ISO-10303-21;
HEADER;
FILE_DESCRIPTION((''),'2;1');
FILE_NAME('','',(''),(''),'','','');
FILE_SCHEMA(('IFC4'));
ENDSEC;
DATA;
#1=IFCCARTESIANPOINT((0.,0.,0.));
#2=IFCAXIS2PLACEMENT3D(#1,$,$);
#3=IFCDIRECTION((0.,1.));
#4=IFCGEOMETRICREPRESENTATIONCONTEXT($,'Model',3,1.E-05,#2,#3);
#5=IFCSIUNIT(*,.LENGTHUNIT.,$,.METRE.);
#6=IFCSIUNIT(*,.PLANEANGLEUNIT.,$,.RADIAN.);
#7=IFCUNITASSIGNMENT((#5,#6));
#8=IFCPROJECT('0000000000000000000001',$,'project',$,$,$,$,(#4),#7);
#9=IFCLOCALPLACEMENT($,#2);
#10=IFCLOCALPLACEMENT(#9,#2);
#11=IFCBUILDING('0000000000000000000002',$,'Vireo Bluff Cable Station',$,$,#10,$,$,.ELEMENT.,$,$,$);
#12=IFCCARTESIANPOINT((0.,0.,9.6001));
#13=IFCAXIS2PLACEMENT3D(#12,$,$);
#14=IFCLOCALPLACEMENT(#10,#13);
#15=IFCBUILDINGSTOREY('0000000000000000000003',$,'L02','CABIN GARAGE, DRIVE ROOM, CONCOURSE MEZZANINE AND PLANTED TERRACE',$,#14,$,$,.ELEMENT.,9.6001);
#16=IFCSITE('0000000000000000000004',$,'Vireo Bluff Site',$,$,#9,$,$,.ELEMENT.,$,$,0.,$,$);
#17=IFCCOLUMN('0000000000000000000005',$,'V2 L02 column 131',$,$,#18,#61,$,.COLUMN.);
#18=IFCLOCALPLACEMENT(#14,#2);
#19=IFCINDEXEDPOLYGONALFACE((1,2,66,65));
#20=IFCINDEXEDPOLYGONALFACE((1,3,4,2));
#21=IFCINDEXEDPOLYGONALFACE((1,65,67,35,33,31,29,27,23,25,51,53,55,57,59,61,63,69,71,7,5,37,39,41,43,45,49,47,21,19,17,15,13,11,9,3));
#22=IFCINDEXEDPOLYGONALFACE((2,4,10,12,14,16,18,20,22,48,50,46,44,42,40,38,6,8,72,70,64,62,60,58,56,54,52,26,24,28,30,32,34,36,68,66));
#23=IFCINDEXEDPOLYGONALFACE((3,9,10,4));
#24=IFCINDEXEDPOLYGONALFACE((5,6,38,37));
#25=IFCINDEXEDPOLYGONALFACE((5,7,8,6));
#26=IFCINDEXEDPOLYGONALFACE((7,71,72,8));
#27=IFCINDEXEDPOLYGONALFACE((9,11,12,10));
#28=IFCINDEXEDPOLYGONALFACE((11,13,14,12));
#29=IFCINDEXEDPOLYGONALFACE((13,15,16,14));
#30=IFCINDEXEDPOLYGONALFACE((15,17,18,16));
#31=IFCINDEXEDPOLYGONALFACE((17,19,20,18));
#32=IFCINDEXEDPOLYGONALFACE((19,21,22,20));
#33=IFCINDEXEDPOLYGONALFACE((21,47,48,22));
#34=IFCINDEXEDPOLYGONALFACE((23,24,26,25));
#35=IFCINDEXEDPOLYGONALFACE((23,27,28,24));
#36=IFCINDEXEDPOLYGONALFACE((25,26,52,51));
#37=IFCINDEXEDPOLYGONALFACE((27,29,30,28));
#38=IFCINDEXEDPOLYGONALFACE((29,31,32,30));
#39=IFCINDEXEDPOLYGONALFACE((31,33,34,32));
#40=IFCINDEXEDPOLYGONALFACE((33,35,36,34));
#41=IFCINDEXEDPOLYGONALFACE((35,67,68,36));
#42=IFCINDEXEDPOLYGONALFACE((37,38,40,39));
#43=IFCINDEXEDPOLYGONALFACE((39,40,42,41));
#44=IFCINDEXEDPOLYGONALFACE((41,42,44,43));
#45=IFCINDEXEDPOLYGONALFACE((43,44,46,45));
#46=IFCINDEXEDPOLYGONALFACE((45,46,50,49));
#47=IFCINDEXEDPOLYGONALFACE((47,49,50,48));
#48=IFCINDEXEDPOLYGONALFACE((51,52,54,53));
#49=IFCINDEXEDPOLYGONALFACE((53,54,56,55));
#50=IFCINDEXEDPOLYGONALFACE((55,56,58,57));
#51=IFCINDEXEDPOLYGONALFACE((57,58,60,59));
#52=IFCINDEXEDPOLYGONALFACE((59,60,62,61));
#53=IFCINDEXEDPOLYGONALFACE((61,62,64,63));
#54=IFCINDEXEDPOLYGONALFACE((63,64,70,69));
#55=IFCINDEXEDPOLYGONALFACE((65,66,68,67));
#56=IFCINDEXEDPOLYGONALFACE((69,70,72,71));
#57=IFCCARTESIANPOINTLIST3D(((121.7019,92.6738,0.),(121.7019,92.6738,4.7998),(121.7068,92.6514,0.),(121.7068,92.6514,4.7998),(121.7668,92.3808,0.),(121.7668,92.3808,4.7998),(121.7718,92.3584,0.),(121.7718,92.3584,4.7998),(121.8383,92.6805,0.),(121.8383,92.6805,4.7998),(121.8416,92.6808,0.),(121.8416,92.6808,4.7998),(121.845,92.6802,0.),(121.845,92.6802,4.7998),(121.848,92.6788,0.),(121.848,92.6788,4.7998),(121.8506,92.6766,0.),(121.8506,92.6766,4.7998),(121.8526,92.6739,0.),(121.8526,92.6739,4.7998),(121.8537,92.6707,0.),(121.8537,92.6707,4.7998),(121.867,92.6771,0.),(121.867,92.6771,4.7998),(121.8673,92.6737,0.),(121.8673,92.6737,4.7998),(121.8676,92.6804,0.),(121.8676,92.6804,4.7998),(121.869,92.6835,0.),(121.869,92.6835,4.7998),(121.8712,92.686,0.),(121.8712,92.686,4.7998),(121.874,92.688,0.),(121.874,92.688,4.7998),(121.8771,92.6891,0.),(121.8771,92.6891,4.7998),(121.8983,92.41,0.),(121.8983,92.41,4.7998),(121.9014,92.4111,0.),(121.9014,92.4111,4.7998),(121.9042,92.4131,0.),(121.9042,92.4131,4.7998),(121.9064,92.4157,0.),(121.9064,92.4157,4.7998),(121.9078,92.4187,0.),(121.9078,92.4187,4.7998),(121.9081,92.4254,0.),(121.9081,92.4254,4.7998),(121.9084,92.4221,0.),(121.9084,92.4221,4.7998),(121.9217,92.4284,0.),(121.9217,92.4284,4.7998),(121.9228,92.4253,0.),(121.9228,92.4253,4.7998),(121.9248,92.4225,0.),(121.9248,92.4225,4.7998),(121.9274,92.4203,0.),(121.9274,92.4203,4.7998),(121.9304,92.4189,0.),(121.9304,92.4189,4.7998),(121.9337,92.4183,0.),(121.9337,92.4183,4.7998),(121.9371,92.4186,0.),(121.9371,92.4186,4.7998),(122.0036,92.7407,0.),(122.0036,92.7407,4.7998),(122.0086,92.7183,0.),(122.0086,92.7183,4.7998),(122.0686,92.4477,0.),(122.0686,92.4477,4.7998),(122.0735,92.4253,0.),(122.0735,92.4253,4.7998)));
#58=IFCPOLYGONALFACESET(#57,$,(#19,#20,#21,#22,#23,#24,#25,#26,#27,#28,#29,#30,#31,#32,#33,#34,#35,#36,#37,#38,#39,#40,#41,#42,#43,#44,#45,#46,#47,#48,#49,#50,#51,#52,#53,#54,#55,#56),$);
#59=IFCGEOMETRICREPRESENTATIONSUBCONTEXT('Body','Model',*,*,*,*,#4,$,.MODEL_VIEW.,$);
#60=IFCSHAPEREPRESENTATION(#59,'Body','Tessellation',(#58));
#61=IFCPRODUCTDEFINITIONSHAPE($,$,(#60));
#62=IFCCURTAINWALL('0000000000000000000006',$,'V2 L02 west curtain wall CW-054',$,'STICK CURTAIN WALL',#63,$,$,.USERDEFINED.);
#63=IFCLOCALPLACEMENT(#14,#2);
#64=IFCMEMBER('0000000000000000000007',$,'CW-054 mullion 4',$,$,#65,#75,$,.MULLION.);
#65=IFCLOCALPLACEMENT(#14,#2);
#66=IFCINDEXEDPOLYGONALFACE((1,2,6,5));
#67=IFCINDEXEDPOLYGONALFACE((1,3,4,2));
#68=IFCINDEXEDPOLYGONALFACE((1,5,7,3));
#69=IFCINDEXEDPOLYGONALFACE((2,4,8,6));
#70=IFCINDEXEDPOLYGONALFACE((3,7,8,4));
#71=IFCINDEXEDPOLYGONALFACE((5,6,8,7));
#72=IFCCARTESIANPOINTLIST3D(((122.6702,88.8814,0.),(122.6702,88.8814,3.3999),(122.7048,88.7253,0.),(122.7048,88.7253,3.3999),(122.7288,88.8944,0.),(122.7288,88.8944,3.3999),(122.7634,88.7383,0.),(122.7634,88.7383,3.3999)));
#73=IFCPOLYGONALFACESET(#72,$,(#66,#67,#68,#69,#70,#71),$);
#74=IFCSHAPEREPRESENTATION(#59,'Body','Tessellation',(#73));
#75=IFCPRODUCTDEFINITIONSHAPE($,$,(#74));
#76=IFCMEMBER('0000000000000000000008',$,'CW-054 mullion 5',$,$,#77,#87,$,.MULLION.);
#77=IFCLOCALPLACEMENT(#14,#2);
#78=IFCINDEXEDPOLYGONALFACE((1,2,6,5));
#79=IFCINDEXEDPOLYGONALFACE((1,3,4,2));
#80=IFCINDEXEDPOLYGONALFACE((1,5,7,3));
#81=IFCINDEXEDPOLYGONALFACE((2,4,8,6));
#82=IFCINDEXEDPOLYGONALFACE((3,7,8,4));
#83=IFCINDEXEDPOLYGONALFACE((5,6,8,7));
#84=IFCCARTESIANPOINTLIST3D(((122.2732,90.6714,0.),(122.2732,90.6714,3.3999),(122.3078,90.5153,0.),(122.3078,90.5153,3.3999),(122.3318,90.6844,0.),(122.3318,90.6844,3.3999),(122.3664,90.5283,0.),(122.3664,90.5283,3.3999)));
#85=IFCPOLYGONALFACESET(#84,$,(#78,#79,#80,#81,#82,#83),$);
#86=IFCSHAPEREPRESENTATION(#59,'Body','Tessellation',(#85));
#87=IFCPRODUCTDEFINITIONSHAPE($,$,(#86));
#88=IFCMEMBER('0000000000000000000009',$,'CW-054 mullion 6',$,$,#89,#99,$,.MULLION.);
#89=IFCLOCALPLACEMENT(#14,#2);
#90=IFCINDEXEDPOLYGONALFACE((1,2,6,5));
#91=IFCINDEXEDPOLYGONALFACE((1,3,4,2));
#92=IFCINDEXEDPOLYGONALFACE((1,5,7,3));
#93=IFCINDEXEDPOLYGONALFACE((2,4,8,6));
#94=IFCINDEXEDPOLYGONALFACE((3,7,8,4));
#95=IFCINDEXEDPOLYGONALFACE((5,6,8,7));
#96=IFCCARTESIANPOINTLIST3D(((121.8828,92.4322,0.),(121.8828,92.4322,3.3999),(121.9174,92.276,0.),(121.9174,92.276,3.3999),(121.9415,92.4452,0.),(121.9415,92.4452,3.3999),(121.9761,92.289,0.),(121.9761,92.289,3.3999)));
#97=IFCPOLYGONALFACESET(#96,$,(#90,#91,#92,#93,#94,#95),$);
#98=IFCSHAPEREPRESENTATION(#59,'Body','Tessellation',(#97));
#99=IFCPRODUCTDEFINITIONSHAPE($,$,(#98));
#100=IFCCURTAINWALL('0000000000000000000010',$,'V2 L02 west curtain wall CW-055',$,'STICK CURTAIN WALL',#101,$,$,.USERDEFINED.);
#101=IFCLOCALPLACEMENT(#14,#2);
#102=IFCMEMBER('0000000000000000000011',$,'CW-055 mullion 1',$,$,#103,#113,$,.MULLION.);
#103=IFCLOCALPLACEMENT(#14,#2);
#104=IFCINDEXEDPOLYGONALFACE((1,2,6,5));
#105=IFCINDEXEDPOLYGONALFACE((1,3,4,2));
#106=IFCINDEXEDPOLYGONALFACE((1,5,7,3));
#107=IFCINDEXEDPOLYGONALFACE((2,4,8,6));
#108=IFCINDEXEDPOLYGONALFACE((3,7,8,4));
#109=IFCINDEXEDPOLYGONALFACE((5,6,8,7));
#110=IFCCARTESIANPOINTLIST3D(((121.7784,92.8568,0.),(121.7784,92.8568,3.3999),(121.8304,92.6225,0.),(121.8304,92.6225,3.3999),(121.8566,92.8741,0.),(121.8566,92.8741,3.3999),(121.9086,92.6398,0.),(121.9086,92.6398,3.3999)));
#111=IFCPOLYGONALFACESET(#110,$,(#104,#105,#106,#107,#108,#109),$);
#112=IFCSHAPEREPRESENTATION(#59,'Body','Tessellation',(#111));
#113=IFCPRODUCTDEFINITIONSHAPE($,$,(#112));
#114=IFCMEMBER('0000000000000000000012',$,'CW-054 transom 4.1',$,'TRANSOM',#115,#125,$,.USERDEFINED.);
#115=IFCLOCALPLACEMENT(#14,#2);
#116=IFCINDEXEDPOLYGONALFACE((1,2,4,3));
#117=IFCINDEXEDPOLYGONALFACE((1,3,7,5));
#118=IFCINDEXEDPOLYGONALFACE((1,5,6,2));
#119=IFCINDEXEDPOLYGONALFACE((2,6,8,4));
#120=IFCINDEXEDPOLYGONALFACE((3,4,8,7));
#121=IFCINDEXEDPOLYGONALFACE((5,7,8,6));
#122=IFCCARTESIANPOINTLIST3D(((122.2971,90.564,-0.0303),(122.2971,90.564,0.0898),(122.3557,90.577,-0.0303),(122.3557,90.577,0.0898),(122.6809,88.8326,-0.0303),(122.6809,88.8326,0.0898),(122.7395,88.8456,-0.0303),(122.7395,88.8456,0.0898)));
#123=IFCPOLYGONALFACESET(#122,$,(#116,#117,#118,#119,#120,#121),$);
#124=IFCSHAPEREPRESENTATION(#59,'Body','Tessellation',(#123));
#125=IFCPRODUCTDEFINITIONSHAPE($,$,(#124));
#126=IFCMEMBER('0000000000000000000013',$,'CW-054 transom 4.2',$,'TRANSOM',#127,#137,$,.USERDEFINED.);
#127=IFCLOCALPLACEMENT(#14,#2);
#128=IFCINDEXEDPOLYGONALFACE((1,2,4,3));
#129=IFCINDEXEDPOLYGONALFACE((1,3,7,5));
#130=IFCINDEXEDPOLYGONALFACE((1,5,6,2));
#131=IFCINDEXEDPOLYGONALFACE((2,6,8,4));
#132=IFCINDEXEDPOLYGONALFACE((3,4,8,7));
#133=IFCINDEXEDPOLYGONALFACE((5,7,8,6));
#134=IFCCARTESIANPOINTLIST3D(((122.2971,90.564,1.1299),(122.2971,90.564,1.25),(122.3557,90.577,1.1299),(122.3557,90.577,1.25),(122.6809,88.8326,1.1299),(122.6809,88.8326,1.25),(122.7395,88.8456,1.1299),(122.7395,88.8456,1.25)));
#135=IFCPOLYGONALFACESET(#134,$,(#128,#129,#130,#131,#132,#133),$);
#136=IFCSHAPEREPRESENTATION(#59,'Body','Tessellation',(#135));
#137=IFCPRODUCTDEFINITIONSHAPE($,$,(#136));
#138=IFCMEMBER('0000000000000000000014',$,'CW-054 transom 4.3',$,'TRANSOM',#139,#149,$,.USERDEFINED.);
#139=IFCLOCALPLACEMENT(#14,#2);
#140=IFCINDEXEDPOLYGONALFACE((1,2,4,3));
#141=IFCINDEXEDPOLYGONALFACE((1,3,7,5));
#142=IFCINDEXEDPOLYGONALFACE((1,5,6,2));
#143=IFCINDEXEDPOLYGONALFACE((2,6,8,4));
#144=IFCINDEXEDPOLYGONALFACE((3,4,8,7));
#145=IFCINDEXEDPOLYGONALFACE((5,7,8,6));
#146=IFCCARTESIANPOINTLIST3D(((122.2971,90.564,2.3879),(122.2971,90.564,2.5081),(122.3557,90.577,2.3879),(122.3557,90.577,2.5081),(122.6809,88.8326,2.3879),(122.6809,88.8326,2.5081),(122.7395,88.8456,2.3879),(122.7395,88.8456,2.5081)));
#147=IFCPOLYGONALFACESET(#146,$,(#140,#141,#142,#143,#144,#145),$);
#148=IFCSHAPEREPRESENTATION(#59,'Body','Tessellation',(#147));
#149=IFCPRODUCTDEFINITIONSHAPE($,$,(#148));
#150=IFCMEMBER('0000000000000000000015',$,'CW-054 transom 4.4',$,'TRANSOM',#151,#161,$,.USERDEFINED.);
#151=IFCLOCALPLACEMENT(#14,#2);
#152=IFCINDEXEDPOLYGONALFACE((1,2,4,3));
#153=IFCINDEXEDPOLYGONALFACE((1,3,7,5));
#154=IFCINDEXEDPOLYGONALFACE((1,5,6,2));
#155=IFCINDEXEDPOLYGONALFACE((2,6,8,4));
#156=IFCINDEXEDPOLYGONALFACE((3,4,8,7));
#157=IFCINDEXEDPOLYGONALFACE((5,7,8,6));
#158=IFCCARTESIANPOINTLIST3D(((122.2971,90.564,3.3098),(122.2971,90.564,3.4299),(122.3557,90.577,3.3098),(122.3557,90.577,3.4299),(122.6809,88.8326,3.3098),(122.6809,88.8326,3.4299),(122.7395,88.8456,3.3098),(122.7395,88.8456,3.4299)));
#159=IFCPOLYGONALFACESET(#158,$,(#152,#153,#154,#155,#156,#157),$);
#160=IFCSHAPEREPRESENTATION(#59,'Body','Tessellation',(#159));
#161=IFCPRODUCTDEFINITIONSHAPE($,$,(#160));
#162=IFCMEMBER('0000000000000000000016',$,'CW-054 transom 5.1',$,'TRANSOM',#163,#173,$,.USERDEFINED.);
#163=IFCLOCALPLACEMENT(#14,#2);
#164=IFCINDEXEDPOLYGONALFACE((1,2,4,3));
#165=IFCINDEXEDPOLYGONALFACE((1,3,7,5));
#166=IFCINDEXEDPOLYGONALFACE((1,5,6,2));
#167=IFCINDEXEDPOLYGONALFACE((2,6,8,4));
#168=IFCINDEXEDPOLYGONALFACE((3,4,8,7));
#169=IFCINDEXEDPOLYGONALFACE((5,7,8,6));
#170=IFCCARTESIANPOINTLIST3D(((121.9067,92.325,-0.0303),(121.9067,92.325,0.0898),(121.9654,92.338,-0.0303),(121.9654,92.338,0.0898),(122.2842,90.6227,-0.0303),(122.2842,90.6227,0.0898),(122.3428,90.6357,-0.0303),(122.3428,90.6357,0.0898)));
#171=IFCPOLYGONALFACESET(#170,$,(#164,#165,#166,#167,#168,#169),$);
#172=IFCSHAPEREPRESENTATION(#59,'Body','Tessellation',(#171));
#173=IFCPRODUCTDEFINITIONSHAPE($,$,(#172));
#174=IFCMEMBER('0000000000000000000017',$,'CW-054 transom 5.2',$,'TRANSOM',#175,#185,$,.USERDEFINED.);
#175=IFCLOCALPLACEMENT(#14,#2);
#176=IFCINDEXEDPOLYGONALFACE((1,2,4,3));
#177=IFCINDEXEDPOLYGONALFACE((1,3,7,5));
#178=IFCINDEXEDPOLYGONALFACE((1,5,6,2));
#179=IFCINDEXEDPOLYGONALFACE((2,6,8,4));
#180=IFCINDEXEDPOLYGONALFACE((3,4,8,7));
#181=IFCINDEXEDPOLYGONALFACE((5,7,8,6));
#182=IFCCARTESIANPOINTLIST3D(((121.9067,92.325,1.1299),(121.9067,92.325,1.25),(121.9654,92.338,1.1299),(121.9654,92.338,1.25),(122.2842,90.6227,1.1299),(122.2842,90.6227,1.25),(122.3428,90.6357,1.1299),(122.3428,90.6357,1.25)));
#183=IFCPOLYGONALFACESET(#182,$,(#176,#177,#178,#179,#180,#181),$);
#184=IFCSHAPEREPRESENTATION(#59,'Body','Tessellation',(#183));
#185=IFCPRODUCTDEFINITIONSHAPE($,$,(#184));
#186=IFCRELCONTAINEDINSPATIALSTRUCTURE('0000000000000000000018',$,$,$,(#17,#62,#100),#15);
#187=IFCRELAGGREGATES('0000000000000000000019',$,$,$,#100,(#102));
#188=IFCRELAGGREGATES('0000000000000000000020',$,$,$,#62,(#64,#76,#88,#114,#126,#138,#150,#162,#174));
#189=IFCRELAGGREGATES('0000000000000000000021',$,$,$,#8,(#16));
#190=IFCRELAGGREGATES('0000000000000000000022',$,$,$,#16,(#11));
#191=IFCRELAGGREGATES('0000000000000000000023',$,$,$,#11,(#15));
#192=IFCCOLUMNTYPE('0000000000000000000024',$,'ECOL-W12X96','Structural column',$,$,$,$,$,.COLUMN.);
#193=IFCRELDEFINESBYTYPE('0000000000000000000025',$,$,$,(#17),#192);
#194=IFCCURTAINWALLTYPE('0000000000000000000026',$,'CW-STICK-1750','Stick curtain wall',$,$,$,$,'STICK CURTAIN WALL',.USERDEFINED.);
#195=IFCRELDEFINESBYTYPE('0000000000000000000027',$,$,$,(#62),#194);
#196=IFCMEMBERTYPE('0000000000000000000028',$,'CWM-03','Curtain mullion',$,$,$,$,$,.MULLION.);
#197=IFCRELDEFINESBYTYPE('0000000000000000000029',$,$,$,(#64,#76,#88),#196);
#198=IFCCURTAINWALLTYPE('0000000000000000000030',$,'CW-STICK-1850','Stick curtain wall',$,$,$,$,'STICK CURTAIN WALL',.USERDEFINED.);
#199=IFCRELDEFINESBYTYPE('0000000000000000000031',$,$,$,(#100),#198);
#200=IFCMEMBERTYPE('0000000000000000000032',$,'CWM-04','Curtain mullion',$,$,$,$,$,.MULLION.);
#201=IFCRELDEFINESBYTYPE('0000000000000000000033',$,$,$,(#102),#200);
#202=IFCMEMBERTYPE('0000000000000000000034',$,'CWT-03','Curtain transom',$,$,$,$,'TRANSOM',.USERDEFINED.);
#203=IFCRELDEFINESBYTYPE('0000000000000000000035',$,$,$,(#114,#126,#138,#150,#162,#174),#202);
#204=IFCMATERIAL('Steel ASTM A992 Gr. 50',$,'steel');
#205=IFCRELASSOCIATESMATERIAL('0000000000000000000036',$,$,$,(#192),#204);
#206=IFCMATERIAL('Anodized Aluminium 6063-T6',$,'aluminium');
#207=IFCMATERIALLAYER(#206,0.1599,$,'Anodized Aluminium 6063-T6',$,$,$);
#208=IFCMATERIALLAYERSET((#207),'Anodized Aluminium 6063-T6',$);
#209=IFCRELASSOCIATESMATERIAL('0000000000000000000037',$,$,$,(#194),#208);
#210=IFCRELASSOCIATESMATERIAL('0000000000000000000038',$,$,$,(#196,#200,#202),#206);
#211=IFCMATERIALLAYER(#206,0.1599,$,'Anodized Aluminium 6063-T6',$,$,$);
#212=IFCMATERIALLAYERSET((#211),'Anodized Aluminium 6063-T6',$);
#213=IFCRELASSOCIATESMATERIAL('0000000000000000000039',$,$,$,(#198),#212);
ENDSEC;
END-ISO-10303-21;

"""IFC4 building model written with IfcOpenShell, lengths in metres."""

from ifc_helpers import new_model, si_unit, direction, frame, origin, origin_2d, place, context, subcontext, project, spatial, rectangle, i_section, extrude, material, layer, layer_set, material_profile, profile_set, type_object, element, aggregate, save


model = new_model("IFC4")

# Units and contexts
model_context = context("Model", 3, precision=1e-05, world=origin(), true_north=direction((0.0, 1.0)))
body_context = subcontext(model_context, "Body", "Model", "MODEL_VIEW")
ifc_project = project(units=[si_unit("LENGTHUNIT", "METRE"), si_unit("PLANEANGLEUNIT", "RADIAN")], contexts=[model_context])

# Site, building, storey
site_placement = place(None, origin())
site = spatial("IfcSite", under=ifc_project, at=site_placement, Name="Vireo Bluff Site", CompositionType="ELEMENT", RefElevation=0.0)
building_placement = place(site_placement, origin())
building = spatial("IfcBuilding", under=site, at=building_placement, Name="Vireo Bluff Cable Station", CompositionType="ELEMENT")
storey_placement = place(building_placement, frame((0.0, 0.0, 9.6001)))
storey = spatial("IfcBuildingStorey", under=building, at=storey_placement, Name="L02", Description="CABIN GARAGE, DRIVE ROOM, CONCOURSE MEZZANINE AND PLANTED TERRACE", CompositionType="ELEMENT", Elevation=9.6001)

# Column
ifc_material_1 = material(Name="Steel ASTM A992 Gr. 50", Category="steel")
ifc_material_profile_1 = material_profile(ifc_material_1, i_section(OverallWidth=0.3091, OverallDepth=0.323, WebThickness=0.0139, FlangeThickness=0.0229, FilletRadius=0.0129, at=origin_2d()), Name="W12X96")
ifc_profile_set_1 = profile_set([ifc_material_profile_1], Name="Steel ASTM A992 Gr. 50")
column_type = type_object("IfcColumnType", Name="ECOL-W12X96", Description="Structural column", PredefinedType="COLUMN", material=ifc_profile_set_1)
column_placement = place(storey_placement, frame((121.8877, 92.5496, 0.0), z_axis=(0.0, 0.0, 1.0), x_axis=(0.976296, 0.21644, 0.0)))
element("IfcColumn", 1, at=column_placement, inside=storey, type_object=column_type, Name="V2 L02 column 131", PredefinedType="COLUMN", context=body_context, shape_type="SweptSolid", body=[
    extrude(i_section(OverallWidth=0.3091, OverallDepth=0.323, WebThickness=0.0139, FlangeThickness=0.0229, FilletRadius=0.0129, at=origin_2d()), origin(), (0.0, 0.0, 1.0), 4.7998),
])

# Curtain wall, members
ifc_material_2 = material(Name="Anodized Aluminium 6063-T6", Category="aluminium")
ifc_layer_1 = layer(ifc_material_2, 0.1599, Name="Anodized Aluminium 6063-T6")
ifc_layer_set_1 = layer_set([ifc_layer_1], Name="Anodized Aluminium 6063-T6")
curtain_wall_type_1 = type_object("IfcCurtainWallType", Name="CW-STICK-1750", Description="Stick curtain wall", ElementType="STICK CURTAIN WALL", PredefinedType="USERDEFINED", material=ifc_layer_set_1)
curtain_wall_1_placement = place(storey_placement, origin())
curtain_wall_1 = element("IfcCurtainWall", 2, at=curtain_wall_1_placement, inside=storey, type_object=curtain_wall_type_1, Name="V2 L02 west curtain wall CW-054", ObjectType="STICK CURTAIN WALL", PredefinedType="USERDEFINED")
ifc_material_profile_2 = material_profile(ifc_material_2, rectangle(XDim=0.0601, YDim=0.1599, at=origin_2d()), Name="ALU-M-60X160")
ifc_profile_set_2 = profile_set([ifc_material_profile_2], Name="Anodized Aluminium 6063-T6")
member_type_1 = type_object("IfcMemberType", Name="CWM-03", Description="Curtain mullion", PredefinedType="MULLION", material=ifc_profile_set_2)
member_1_placement = place(storey_placement, frame((122.7168, 88.8098, 0.0), z_axis=(0.0, 0.0, 1.0), x_axis=(-0.976296, -0.21644, 0.0)))
member_1 = element("IfcMember", 3, at=member_1_placement, type_object=member_type_1, Name="CW-054 mullion 4", PredefinedType="MULLION", context=body_context, shape_type="SweptSolid", body=[
    extrude(rectangle(XDim=0.0601, YDim=0.1599, at=origin_2d()), origin(), (0.0, 0.0, 1.0), 3.3999),
])
member_2_placement = place(storey_placement, frame((122.3198, 90.5999, 0.0), z_axis=(0.0, 0.0, 1.0), x_axis=(-0.976296, -0.21644, 0.0)))
member_2 = element("IfcMember", 4, at=member_2_placement, type_object=member_type_1, Name="CW-054 mullion 5", PredefinedType="MULLION", context=body_context, shape_type="SweptSolid", body=[
    extrude(rectangle(XDim=0.0601, YDim=0.1599, at=origin_2d()), origin(), (0.0, 0.0, 1.0), 3.3999),
])
member_3_placement = place(storey_placement, frame((121.9294, 92.3606, 0.0), z_axis=(0.0, 0.0, 1.0), x_axis=(-0.976296, -0.21644, 0.0)))
member_3 = element("IfcMember", 5, at=member_3_placement, type_object=member_type_1, Name="CW-054 mullion 6", PredefinedType="MULLION", context=body_context, shape_type="SweptSolid", body=[
    extrude(rectangle(XDim=0.0601, YDim=0.1599, at=origin_2d()), origin(), (0.0, 0.0, 1.0), 3.3999),
])

# Curtain wall, member
ifc_layer_2 = layer(ifc_material_2, 0.1599, Name="Anodized Aluminium 6063-T6")
ifc_layer_set_2 = layer_set([ifc_layer_2], Name="Anodized Aluminium 6063-T6")
curtain_wall_type_2 = type_object("IfcCurtainWallType", Name="CW-STICK-1850", Description="Stick curtain wall", ElementType="STICK CURTAIN WALL", PredefinedType="USERDEFINED", material=ifc_layer_set_2)
curtain_wall_2_placement = place(storey_placement, origin())
curtain_wall_2 = element("IfcCurtainWall", 6, at=curtain_wall_2_placement, inside=storey, type_object=curtain_wall_type_2, Name="V2 L02 west curtain wall CW-055", ObjectType="STICK CURTAIN WALL", PredefinedType="USERDEFINED")
ifc_material_profile_3 = material_profile(ifc_material_2, rectangle(XDim=0.0801, YDim=0.24, at=origin_2d()), Name="ALU-M-80X240")
ifc_profile_set_3 = profile_set([ifc_material_profile_3], Name="Anodized Aluminium 6063-T6")
member_type_2 = type_object("IfcMemberType", Name="CWM-04", Description="Curtain mullion", PredefinedType="MULLION", material=ifc_profile_set_3)
member_4_placement = place(storey_placement, frame((121.8435, 92.7483, 0.0), z_axis=(0.0, 0.0, 1.0), x_axis=(-0.976296, -0.21644, 0.0)))
member_4 = element("IfcMember", 7, at=member_4_placement, type_object=member_type_2, Name="CW-055 mullion 1", PredefinedType="MULLION", context=body_context, shape_type="SweptSolid", body=[
    extrude(rectangle(XDim=0.0801, YDim=0.24, at=origin_2d()), origin(), (0.0, 0.0, 1.0), 3.3999),
])

# Members
ifc_material_profile_4 = material_profile(ifc_material_2, rectangle(XDim=0.0601, YDim=0.1201, at=origin_2d()), Name="ALU-T-60X120")
ifc_profile_set_4 = profile_set([ifc_material_profile_4], Name="Anodized Aluminium 6063-T6")
member_type_3 = type_object("IfcMemberType", Name="CWT-03", Description="Curtain transom", ElementType="TRANSOM", PredefinedType="USERDEFINED", material=ifc_profile_set_4)
member_5_placement = place(storey_placement, frame((122.7102, 88.8391, 0.0298), z_axis=(-0.216406, 0.976304, 0.0), x_axis=(-0.976304, -0.216406, 0.0)))
member_5 = element("IfcMember", 8, at=member_5_placement, type_object=member_type_3, Name="CW-054 transom 4.1", ObjectType="TRANSOM", PredefinedType="USERDEFINED", context=body_context, shape_type="SweptSolid", body=[
    extrude(rectangle(XDim=0.0601, YDim=0.1201, at=origin_2d()), origin(), (0.0, 0.0, 1.0), 1.7734),
])
member_6_placement = place(storey_placement, frame((122.7102, 88.8391, 1.1899), z_axis=(-0.216406, 0.976304, 0.0), x_axis=(-0.976304, -0.216406, 0.0)))
member_6 = element("IfcMember", 9, at=member_6_placement, type_object=member_type_3, Name="CW-054 transom 4.2", ObjectType="TRANSOM", PredefinedType="USERDEFINED", context=body_context, shape_type="SweptSolid", body=[
    extrude(rectangle(XDim=0.0601, YDim=0.1201, at=origin_2d()), origin(), (0.0, 0.0, 1.0), 1.7734),
])
member_7_placement = place(storey_placement, frame((122.7102, 88.8391, 2.448), z_axis=(-0.216406, 0.976304, 0.0), x_axis=(-0.976304, -0.216406, 0.0)))
member_7 = element("IfcMember", 10, at=member_7_placement, type_object=member_type_3, Name="CW-054 transom 4.3", ObjectType="TRANSOM", PredefinedType="USERDEFINED", context=body_context, shape_type="SweptSolid", body=[
    extrude(rectangle(XDim=0.0601, YDim=0.1201, at=origin_2d()), origin(), (0.0, 0.0, 1.0), 1.7734),
])
member_8_placement = place(storey_placement, frame((122.7102, 88.8391, 3.3699), z_axis=(-0.216406, 0.976304, 0.0), x_axis=(-0.976304, -0.216406, 0.0)))
member_8 = element("IfcMember", 11, at=member_8_placement, type_object=member_type_3, Name="CW-054 transom 4.4", ObjectType="TRANSOM", PredefinedType="USERDEFINED", context=body_context, shape_type="SweptSolid", body=[
    extrude(rectangle(XDim=0.0601, YDim=0.1201, at=origin_2d()), origin(), (0.0, 0.0, 1.0), 1.7734),
])
member_9_placement = place(storey_placement, frame((122.3135, 90.6292, 0.0298), z_axis=(-0.216456, 0.976292, 0.0), x_axis=(-0.976292, -0.216456, 0.0)))
member_9 = element("IfcMember", 12, at=member_9_placement, type_object=member_type_3, Name="CW-054 transom 5.1", ObjectType="TRANSOM", PredefinedType="USERDEFINED", context=body_context, shape_type="SweptSolid", body=[
    extrude(rectangle(XDim=0.0601, YDim=0.1201, at=origin_2d()), origin(), (0.0, 0.0, 1.0), 1.7437),
])
member_10_placement = place(storey_placement, frame((122.3135, 90.6292, 1.1899), z_axis=(-0.216456, 0.976292, 0.0), x_axis=(-0.976292, -0.216456, 0.0)))
member_10 = element("IfcMember", 13, at=member_10_placement, type_object=member_type_3, Name="CW-054 transom 5.2", ObjectType="TRANSOM", PredefinedType="USERDEFINED", context=body_context, shape_type="SweptSolid", body=[
    extrude(rectangle(XDim=0.0601, YDim=0.1201, at=origin_2d()), origin(), (0.0, 0.0, 1.0), 1.7437),
])
aggregate(curtain_wall_2, [member_4])

aggregate(curtain_wall_1, [member_1, member_2, member_3, member_5, member_6, member_7, member_8, member_9, member_10])

save(model, "model.ifc")
